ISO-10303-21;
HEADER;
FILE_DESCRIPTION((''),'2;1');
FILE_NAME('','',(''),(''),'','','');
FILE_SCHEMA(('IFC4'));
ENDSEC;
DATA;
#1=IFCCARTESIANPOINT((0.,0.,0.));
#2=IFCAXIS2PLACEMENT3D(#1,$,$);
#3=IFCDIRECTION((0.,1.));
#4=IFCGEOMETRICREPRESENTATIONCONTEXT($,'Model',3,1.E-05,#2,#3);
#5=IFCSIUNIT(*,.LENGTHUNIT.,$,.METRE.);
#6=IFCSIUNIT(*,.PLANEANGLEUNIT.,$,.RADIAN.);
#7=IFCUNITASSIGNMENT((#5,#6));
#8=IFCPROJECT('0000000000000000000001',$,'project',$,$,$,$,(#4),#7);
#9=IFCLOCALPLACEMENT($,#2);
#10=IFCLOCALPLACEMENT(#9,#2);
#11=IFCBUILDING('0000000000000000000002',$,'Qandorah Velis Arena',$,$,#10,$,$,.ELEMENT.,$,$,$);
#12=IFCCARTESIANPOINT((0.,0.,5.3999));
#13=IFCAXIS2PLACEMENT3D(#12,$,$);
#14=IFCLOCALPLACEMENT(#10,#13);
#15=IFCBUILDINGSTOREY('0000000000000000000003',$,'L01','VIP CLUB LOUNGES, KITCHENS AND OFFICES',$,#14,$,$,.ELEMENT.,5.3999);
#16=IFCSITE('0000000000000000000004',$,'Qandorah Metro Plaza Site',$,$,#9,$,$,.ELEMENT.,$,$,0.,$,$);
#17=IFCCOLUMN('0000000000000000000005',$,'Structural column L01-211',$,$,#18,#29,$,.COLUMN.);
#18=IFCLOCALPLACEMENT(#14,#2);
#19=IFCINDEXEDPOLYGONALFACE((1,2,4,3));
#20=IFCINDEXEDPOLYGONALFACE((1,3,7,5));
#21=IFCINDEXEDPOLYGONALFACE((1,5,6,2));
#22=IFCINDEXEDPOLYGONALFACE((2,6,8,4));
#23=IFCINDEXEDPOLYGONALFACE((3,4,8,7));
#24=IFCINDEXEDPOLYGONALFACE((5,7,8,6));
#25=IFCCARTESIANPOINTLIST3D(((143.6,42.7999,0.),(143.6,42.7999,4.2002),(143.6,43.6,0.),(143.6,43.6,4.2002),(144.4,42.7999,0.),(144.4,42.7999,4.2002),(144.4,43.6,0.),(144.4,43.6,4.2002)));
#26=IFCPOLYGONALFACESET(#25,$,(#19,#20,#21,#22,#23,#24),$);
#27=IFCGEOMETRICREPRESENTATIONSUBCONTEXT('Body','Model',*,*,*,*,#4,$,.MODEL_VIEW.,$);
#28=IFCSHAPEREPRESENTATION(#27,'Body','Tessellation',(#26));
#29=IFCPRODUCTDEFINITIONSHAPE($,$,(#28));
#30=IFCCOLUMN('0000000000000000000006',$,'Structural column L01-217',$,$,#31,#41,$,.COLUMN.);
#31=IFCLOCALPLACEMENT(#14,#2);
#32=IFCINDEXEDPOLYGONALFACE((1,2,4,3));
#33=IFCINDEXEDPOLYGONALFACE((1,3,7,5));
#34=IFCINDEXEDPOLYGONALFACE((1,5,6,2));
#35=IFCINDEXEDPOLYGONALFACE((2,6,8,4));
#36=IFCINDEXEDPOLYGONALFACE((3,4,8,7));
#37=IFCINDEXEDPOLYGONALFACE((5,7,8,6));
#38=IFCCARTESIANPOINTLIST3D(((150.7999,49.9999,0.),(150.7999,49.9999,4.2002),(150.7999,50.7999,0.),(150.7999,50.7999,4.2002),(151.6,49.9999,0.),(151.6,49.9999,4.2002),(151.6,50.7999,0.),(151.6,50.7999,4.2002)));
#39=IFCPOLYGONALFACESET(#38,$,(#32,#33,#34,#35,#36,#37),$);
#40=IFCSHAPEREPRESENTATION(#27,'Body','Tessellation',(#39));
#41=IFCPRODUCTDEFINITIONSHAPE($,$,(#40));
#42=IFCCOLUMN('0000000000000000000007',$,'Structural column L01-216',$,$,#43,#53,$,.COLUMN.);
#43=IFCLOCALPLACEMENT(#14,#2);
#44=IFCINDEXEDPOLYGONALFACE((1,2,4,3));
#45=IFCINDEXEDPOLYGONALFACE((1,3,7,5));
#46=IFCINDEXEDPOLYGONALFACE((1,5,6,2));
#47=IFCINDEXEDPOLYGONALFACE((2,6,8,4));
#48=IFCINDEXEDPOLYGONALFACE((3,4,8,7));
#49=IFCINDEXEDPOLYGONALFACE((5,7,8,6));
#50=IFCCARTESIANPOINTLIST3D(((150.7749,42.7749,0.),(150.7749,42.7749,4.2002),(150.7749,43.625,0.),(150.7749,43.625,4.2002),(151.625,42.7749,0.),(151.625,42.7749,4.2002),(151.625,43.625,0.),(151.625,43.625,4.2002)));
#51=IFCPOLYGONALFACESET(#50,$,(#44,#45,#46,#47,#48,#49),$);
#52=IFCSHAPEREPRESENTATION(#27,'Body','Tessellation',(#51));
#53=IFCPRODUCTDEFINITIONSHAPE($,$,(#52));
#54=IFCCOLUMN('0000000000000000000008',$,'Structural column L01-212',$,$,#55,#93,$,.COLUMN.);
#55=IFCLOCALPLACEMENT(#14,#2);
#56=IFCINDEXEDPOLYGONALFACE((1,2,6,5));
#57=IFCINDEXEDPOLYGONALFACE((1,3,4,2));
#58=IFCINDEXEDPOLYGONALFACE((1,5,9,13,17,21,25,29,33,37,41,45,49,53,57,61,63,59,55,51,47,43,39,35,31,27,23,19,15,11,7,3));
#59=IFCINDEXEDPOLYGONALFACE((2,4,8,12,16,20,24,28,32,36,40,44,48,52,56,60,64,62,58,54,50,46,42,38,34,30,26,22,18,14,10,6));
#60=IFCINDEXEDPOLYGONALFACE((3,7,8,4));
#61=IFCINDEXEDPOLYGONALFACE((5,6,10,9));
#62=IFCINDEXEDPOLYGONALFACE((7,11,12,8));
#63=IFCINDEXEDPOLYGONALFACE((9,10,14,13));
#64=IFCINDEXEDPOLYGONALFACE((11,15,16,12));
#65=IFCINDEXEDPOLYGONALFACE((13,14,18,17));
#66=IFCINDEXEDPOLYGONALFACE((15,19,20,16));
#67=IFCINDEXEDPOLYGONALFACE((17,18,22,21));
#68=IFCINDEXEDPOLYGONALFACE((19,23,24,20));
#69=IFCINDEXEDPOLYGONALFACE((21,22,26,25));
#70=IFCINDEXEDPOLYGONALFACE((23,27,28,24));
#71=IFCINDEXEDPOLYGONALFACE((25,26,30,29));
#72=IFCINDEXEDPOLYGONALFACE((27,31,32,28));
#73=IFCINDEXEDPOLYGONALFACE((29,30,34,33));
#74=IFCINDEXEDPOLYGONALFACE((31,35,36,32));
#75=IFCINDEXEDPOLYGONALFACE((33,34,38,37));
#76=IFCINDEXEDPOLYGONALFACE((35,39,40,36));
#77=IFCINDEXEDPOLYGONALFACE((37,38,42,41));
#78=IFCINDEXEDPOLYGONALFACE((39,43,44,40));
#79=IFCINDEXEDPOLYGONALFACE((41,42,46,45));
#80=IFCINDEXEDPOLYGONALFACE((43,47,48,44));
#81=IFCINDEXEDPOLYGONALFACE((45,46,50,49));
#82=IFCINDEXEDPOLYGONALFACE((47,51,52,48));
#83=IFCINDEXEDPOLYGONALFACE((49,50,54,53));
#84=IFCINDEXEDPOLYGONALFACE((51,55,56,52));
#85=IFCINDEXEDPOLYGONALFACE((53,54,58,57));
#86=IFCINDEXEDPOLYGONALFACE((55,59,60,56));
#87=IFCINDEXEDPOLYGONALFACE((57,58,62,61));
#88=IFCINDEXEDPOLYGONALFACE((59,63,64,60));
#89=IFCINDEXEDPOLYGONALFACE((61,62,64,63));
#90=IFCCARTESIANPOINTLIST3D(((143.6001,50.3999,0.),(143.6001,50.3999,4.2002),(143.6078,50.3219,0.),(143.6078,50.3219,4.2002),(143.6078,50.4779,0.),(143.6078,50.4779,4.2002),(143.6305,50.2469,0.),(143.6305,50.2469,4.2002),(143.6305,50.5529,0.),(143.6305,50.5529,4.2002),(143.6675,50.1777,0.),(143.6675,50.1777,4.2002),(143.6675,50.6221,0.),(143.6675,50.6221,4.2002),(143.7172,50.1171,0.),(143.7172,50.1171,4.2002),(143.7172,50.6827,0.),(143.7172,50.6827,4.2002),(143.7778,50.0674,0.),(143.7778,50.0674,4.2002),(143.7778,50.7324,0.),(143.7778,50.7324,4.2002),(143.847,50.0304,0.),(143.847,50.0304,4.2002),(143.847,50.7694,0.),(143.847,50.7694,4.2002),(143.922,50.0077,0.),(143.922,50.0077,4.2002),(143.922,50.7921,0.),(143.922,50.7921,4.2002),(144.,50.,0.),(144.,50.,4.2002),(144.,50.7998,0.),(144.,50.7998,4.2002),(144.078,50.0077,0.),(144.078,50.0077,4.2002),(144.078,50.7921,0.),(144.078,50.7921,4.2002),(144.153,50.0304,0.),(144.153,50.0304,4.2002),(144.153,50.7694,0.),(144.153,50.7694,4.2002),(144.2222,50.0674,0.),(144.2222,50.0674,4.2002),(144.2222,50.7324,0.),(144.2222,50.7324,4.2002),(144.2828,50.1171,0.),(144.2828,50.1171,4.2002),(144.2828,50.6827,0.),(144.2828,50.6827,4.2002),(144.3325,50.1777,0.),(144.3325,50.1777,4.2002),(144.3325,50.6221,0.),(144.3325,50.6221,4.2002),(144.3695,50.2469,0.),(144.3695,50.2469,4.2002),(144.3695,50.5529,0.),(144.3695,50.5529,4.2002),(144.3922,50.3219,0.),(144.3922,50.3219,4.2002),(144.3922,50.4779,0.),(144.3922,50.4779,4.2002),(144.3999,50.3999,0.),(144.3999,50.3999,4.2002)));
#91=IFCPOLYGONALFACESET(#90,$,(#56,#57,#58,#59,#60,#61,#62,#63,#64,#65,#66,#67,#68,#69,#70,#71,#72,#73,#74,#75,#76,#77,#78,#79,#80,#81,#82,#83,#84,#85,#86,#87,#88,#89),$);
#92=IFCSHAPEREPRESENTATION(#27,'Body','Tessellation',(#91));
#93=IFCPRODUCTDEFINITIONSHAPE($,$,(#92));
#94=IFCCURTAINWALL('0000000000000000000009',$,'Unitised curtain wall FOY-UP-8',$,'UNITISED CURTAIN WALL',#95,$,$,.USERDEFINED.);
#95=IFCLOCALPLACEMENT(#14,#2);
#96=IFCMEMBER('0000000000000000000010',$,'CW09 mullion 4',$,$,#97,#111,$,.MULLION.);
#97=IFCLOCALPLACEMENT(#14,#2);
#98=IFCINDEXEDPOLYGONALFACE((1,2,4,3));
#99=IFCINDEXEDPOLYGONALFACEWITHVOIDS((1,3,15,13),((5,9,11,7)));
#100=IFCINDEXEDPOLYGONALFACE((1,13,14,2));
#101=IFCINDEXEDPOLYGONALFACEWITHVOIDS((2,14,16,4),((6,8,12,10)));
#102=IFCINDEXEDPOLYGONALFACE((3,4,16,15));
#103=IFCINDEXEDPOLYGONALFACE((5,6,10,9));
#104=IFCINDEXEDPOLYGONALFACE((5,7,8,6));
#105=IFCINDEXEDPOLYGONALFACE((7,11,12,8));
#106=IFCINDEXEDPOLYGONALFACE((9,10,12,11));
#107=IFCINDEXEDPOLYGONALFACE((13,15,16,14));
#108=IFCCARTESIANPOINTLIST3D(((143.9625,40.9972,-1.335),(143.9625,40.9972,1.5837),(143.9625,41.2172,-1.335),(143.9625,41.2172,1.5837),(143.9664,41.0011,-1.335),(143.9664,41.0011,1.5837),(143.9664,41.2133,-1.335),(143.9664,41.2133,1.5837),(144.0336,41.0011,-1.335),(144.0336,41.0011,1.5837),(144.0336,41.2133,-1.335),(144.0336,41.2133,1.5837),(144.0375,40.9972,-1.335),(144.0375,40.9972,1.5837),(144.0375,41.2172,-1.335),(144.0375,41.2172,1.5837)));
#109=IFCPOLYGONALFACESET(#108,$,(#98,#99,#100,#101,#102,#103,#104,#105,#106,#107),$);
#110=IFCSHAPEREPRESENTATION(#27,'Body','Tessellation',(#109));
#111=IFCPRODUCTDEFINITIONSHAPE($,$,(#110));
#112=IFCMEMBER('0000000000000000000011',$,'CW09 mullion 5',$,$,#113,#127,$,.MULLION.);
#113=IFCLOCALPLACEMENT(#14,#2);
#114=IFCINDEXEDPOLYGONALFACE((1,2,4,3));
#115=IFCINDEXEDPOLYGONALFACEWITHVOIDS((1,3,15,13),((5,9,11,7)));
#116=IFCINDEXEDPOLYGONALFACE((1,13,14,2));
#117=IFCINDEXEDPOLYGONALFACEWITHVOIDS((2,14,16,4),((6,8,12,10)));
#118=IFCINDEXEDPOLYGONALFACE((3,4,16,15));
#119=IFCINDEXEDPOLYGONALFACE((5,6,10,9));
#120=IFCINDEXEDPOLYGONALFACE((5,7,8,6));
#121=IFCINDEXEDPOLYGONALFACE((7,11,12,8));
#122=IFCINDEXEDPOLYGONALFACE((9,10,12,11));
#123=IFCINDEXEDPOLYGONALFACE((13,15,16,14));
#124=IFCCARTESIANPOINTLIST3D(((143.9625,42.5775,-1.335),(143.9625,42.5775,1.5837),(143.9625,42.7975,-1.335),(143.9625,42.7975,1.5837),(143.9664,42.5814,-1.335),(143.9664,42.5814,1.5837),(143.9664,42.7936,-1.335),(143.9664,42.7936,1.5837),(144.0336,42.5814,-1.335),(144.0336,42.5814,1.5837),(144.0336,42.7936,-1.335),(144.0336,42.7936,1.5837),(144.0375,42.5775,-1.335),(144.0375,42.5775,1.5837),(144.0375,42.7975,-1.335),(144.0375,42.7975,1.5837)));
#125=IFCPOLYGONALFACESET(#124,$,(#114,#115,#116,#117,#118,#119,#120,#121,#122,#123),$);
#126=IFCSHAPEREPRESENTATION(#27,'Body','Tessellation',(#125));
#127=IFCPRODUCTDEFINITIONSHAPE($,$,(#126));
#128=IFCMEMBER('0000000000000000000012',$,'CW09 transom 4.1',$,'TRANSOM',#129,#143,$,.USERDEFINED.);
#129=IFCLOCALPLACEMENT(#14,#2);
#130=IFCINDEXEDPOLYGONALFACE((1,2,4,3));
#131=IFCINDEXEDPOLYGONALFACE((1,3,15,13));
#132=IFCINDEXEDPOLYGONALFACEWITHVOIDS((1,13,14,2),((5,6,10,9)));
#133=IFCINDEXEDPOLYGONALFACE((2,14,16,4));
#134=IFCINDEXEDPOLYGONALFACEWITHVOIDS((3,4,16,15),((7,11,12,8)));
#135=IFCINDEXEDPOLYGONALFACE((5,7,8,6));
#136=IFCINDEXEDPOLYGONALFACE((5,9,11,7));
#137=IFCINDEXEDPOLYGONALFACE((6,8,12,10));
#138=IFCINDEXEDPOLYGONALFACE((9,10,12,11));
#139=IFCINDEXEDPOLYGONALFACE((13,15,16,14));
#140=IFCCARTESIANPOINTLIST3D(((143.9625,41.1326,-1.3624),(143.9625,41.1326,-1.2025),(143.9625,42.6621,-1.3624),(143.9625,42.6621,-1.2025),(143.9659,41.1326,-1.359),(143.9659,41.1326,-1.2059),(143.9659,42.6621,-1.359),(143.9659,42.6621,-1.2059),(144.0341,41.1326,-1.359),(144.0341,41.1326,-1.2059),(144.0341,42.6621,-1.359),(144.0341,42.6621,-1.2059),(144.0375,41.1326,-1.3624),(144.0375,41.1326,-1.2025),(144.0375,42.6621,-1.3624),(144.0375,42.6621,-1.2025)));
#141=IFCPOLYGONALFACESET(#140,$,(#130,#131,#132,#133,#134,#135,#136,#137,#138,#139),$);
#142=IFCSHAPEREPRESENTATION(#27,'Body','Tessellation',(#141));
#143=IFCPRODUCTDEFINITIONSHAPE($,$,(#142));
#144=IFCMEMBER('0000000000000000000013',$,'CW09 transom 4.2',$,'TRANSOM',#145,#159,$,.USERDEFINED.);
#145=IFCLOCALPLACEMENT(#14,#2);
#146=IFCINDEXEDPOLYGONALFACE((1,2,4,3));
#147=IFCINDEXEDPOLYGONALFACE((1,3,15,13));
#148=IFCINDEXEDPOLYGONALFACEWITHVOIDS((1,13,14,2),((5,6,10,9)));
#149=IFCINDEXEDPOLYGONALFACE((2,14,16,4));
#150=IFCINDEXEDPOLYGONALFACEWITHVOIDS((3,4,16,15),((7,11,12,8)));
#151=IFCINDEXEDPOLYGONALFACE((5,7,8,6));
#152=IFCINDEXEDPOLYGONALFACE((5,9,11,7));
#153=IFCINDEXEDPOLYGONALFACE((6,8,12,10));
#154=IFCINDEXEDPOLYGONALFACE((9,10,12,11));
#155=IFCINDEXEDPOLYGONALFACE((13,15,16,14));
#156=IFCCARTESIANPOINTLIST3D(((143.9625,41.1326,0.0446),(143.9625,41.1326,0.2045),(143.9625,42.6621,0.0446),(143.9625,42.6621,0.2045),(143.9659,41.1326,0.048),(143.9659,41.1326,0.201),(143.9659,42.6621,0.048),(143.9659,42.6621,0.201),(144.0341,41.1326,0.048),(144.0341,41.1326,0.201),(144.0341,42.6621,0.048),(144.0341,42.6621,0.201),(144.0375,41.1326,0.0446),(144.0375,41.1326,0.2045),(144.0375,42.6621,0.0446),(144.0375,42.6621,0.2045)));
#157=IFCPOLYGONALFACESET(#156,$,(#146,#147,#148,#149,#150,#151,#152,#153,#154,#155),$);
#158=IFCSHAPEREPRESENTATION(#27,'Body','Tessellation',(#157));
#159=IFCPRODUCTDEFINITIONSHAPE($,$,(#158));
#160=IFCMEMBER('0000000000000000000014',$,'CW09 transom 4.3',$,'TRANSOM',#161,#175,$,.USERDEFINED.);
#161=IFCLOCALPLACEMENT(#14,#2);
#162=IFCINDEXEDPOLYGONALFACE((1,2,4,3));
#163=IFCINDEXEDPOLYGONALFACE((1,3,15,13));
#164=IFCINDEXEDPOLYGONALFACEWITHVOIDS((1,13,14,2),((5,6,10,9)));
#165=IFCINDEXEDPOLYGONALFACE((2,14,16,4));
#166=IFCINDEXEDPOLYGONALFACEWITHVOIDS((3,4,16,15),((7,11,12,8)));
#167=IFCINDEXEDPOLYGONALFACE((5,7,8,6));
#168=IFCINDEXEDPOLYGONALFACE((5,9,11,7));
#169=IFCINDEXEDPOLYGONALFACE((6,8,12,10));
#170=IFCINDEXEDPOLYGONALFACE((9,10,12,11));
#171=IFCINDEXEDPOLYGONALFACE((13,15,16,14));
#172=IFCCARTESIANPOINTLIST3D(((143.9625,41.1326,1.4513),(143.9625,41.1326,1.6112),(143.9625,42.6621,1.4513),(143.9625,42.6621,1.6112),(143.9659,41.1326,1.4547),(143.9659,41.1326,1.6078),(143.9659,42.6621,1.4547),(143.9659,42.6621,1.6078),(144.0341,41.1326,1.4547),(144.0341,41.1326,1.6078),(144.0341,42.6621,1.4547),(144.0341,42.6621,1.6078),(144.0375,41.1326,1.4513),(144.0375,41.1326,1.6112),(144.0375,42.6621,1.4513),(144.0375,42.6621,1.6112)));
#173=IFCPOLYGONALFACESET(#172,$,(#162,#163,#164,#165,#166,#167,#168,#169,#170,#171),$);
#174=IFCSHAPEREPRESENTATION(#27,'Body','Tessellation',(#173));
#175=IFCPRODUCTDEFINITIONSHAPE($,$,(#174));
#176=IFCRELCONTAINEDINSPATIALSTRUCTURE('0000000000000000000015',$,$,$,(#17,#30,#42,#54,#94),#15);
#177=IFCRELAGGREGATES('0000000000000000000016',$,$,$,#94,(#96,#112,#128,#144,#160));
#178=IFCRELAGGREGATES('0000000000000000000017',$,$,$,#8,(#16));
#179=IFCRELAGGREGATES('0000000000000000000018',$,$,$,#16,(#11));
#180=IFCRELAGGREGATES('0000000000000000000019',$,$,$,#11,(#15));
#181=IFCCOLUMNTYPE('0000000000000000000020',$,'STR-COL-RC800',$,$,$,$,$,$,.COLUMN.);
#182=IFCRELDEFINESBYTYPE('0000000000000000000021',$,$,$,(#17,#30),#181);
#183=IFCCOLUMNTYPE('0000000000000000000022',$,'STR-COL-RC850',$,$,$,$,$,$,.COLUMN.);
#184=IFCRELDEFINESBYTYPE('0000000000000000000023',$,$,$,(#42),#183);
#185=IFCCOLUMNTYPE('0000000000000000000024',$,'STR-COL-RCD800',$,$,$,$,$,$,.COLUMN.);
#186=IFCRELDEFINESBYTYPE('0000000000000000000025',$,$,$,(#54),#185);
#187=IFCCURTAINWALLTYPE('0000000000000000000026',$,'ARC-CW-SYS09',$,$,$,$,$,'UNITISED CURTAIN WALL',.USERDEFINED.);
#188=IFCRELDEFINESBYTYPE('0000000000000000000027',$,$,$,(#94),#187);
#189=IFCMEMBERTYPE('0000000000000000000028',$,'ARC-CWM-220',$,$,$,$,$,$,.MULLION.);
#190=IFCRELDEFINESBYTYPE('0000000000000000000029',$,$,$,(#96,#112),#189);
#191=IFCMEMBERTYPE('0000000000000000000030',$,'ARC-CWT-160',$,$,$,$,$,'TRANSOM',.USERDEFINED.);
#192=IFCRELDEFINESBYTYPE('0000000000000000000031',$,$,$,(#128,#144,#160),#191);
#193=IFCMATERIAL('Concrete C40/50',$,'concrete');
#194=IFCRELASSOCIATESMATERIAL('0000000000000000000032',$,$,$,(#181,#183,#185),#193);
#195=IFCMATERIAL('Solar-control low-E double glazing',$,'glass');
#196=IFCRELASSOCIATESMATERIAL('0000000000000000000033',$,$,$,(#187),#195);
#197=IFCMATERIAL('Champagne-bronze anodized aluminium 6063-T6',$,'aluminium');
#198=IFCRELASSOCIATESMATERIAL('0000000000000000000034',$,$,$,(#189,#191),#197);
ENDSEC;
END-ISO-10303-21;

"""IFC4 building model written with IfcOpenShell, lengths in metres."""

from ifc_helpers import new_model, si_unit, direction, frame, origin, origin_2d, place, context, subcontext, project, spatial, rectangle, hollow_rectangle, circle, extrude, material, material_profile, profile_set, type_object, element, aggregate, save


model = new_model("IFC4")

# Units and contexts
model_context = context("Model", 3, precision=1e-05, world=origin(), true_north=direction((0.0, 1.0)))
body_context = subcontext(model_context, "Body", "Model", "MODEL_VIEW")
ifc_project = project(units=[si_unit("LENGTHUNIT", "METRE"), si_unit("PLANEANGLEUNIT", "RADIAN")], contexts=[model_context])

# Site, building, storey
site_placement = place(None, origin())
site = spatial("IfcSite", under=ifc_project, at=site_placement, Name="Qandorah Metro Plaza Site", CompositionType="ELEMENT", RefElevation=0.0)
building_placement = place(site_placement, origin())
building = spatial("IfcBuilding", under=site, at=building_placement, Name="Qandorah Velis Arena", CompositionType="ELEMENT")
storey_placement = place(building_placement, frame((0.0, 0.0, 5.3999)))
storey = spatial("IfcBuildingStorey", under=building, at=storey_placement, Name="L01", Description="VIP CLUB LOUNGES, KITCHENS AND OFFICES", CompositionType="ELEMENT", Elevation=5.3999)

# Columns
ifc_material_1 = material(Name="Concrete C40/50", Category="concrete")
ifc_material_profile_1 = material_profile(ifc_material_1, rectangle(XDim=0.8, YDim=0.8, at=origin_2d()), Name="RC COL 800x800")
ifc_profile_set_1 = profile_set([ifc_material_profile_1], Name="Concrete C40/50")
column_type_1 = type_object("IfcColumnType", Name="STR-COL-RC800", PredefinedType="COLUMN", material=ifc_profile_set_1)
for number, where, z_axis, x_axis, name in (
    (1, (144.0, 43.2, 0.0), (0.0, 0.0, 1.0), (1.0, 0.0, 0.0), "Structural column L01-211"),
    (2, (151.2, 50.3999, 0.0), (0.0, 0.0, 1.0), (1.0, 0.0, 0.0), "Structural column L01-217"),
):
    element("IfcColumn", number, at=place(storey_placement, frame(where, z_axis=z_axis, x_axis=x_axis)), inside=storey, type_object=column_type_1, Name=name, PredefinedType="COLUMN", context=body_context, shape_type="SweptSolid", body=[
        extrude(rectangle(XDim=0.8, YDim=0.8, at=origin_2d()), origin(), (0.0, 0.0, 1.0), 4.2002),
    ])
ifc_material_profile_2 = material_profile(ifc_material_1, rectangle(XDim=0.8501, YDim=0.8501, at=origin_2d()), Name="RC COL 850x850")
ifc_profile_set_2 = profile_set([ifc_material_profile_2], Name="Concrete C40/50")
column_type_2 = type_object("IfcColumnType", Name="STR-COL-RC850", PredefinedType="COLUMN", material=ifc_profile_set_2)
column_1_placement = place(storey_placement, frame((151.2, 43.2, 0.0), z_axis=(0.0, 0.0, 1.0), x_axis=(1.0, 0.0, 0.0)))
element("IfcColumn", 3, at=column_1_placement, inside=storey, type_object=column_type_2, Name="Structural column L01-216", PredefinedType="COLUMN", context=body_context, shape_type="SweptSolid", body=[
    extrude(rectangle(XDim=0.8501, YDim=0.8501, at=origin_2d()), origin(), (0.0, 0.0, 1.0), 4.2002),
])
ifc_material_profile_3 = material_profile(ifc_material_1, circle(Radius=0.3999, at=origin_2d()), Name="RC D800")
ifc_profile_set_3 = profile_set([ifc_material_profile_3], Name="Concrete C40/50")
column_type_3 = type_object("IfcColumnType", Name="STR-COL-RCD800", PredefinedType="COLUMN", material=ifc_profile_set_3)
column_2_placement = place(storey_placement, frame((144.0, 50.3999, 0.0), z_axis=(0.0, 0.0, 1.0), x_axis=(1.0, 0.0, 0.0)))
element("IfcColumn", 4, at=column_2_placement, inside=storey, type_object=column_type_3, Name="Structural column L01-212", PredefinedType="COLUMN", context=body_context, shape_type="SweptSolid", body=[
    extrude(circle(Radius=0.3999, at=origin_2d()), origin(), (0.0, 0.0, 1.0), 4.2002),
])

# Curtain wall, members
ifc_material_2 = material(Name="Solar-control low-E double glazing", Category="glass")
curtain_wall_type = type_object("IfcCurtainWallType", Name="ARC-CW-SYS09", ElementType="UNITISED CURTAIN WALL", PredefinedType="USERDEFINED", material=ifc_material_2)
curtain_wall_placement = place(storey_placement, origin())
curtain_wall = element("IfcCurtainWall", 5, at=curtain_wall_placement, inside=storey, type_object=curtain_wall_type, Name="Unitised curtain wall FOY-UP-8", ObjectType="UNITISED CURTAIN WALL", PredefinedType="USERDEFINED")
ifc_material_3 = material(Name="Champagne-bronze anodized aluminium 6063-T6", Category="aluminium")
ifc_material_profile_4 = material_profile(ifc_material_3, hollow_rectangle(XDim=0.075, YDim=0.22, WallThickness=0.0039, at=origin_2d()), Name="ALU MULLION 75x220")
ifc_profile_set_4 = profile_set([ifc_material_profile_4], Name="Champagne-bronze anodized aluminium 6063-T6")
member_type_1 = type_object("IfcMemberType", Name="ARC-CWM-220", PredefinedType="MULLION", material=ifc_profile_set_4)
member_1_placement = place(storey_placement, frame((144.0, 41.1072, -1.335), z_axis=(0.0, 0.0, 1.0), x_axis=(-1.0, 0.0, 0.0)))
member_1 = element("IfcMember", 6, at=member_1_placement, type_object=member_type_1, Name="CW09 mullion 4", PredefinedType="MULLION", context=body_context, shape_type="SweptSolid", body=[
    extrude(hollow_rectangle(XDim=0.075, YDim=0.22, WallThickness=0.0039, at=origin_2d()), origin(), (0.0, 0.0, 1.0), 2.9187),
])
member_2_placement = place(storey_placement, frame((144.0, 42.6875, -1.335), z_axis=(0.0, 0.0, 1.0), x_axis=(-1.0, 0.0, 0.0)))
member_2 = element("IfcMember", 7, at=member_2_placement, type_object=member_type_1, Name="CW09 mullion 5", PredefinedType="MULLION", context=body_context, shape_type="SweptSolid", body=[
    extrude(hollow_rectangle(XDim=0.075, YDim=0.22, WallThickness=0.0039, at=origin_2d()), origin(), (0.0, 0.0, 1.0), 2.9187),
])
ifc_material_profile_5 = material_profile(ifc_material_3, hollow_rectangle(XDim=0.075, YDim=0.1599, WallThickness=0.0034, at=origin_2d()), Name="ALU TRANSOM 75x160")
ifc_profile_set_5 = profile_set([ifc_material_profile_5], Name="Champagne-bronze anodized aluminium 6063-T6")
member_type_2 = type_object("IfcMemberType", Name="ARC-CWT-160", ElementType="TRANSOM", PredefinedType="USERDEFINED", material=ifc_profile_set_5)
member_3_placement = place(storey_placement, frame((144.0, 41.1326, -1.2825), z_axis=(0.0, 1.0, 0.0), x_axis=(-1.0, 0.0, 0.0)))
member_3 = element("IfcMember", 8, at=member_3_placement, type_object=member_type_2, Name="CW09 transom 4.1", ObjectType="TRANSOM", PredefinedType="USERDEFINED", context=body_context, shape_type="SweptSolid", body=[
    extrude(hollow_rectangle(XDim=0.075, YDim=0.1599, WallThickness=0.0034, at=origin_2d()), origin(), (0.0, 0.0, 1.0), 1.5295),
])
member_4_placement = place(storey_placement, frame((144.0, 41.1326, 0.1245), z_axis=(0.0, 1.0, 0.0), x_axis=(-1.0, 0.0, 0.0)))
member_4 = element("IfcMember", 9, at=member_4_placement, type_object=member_type_2, Name="CW09 transom 4.2", ObjectType="TRANSOM", PredefinedType="USERDEFINED", context=body_context, shape_type="SweptSolid", body=[
    extrude(hollow_rectangle(XDim=0.075, YDim=0.1599, WallThickness=0.0034, at=origin_2d()), origin(), (0.0, 0.0, 1.0), 1.5295),
])
member_5_placement = place(storey_placement, frame((144.0, 41.1326, 1.5312), z_axis=(0.0, 1.0, 0.0), x_axis=(-1.0, 0.0, 0.0)))
member_5 = element("IfcMember", 10, at=member_5_placement, type_object=member_type_2, Name="CW09 transom 4.3", ObjectType="TRANSOM", PredefinedType="USERDEFINED", context=body_context, shape_type="SweptSolid", body=[
    extrude(hollow_rectangle(XDim=0.075, YDim=0.1599, WallThickness=0.0034, at=origin_2d()), origin(), (0.0, 0.0, 1.0), 1.5295),
])

aggregate(curtain_wall, [member_1, member_2, member_3, member_4, member_5])

save(model, "model.ifc")
